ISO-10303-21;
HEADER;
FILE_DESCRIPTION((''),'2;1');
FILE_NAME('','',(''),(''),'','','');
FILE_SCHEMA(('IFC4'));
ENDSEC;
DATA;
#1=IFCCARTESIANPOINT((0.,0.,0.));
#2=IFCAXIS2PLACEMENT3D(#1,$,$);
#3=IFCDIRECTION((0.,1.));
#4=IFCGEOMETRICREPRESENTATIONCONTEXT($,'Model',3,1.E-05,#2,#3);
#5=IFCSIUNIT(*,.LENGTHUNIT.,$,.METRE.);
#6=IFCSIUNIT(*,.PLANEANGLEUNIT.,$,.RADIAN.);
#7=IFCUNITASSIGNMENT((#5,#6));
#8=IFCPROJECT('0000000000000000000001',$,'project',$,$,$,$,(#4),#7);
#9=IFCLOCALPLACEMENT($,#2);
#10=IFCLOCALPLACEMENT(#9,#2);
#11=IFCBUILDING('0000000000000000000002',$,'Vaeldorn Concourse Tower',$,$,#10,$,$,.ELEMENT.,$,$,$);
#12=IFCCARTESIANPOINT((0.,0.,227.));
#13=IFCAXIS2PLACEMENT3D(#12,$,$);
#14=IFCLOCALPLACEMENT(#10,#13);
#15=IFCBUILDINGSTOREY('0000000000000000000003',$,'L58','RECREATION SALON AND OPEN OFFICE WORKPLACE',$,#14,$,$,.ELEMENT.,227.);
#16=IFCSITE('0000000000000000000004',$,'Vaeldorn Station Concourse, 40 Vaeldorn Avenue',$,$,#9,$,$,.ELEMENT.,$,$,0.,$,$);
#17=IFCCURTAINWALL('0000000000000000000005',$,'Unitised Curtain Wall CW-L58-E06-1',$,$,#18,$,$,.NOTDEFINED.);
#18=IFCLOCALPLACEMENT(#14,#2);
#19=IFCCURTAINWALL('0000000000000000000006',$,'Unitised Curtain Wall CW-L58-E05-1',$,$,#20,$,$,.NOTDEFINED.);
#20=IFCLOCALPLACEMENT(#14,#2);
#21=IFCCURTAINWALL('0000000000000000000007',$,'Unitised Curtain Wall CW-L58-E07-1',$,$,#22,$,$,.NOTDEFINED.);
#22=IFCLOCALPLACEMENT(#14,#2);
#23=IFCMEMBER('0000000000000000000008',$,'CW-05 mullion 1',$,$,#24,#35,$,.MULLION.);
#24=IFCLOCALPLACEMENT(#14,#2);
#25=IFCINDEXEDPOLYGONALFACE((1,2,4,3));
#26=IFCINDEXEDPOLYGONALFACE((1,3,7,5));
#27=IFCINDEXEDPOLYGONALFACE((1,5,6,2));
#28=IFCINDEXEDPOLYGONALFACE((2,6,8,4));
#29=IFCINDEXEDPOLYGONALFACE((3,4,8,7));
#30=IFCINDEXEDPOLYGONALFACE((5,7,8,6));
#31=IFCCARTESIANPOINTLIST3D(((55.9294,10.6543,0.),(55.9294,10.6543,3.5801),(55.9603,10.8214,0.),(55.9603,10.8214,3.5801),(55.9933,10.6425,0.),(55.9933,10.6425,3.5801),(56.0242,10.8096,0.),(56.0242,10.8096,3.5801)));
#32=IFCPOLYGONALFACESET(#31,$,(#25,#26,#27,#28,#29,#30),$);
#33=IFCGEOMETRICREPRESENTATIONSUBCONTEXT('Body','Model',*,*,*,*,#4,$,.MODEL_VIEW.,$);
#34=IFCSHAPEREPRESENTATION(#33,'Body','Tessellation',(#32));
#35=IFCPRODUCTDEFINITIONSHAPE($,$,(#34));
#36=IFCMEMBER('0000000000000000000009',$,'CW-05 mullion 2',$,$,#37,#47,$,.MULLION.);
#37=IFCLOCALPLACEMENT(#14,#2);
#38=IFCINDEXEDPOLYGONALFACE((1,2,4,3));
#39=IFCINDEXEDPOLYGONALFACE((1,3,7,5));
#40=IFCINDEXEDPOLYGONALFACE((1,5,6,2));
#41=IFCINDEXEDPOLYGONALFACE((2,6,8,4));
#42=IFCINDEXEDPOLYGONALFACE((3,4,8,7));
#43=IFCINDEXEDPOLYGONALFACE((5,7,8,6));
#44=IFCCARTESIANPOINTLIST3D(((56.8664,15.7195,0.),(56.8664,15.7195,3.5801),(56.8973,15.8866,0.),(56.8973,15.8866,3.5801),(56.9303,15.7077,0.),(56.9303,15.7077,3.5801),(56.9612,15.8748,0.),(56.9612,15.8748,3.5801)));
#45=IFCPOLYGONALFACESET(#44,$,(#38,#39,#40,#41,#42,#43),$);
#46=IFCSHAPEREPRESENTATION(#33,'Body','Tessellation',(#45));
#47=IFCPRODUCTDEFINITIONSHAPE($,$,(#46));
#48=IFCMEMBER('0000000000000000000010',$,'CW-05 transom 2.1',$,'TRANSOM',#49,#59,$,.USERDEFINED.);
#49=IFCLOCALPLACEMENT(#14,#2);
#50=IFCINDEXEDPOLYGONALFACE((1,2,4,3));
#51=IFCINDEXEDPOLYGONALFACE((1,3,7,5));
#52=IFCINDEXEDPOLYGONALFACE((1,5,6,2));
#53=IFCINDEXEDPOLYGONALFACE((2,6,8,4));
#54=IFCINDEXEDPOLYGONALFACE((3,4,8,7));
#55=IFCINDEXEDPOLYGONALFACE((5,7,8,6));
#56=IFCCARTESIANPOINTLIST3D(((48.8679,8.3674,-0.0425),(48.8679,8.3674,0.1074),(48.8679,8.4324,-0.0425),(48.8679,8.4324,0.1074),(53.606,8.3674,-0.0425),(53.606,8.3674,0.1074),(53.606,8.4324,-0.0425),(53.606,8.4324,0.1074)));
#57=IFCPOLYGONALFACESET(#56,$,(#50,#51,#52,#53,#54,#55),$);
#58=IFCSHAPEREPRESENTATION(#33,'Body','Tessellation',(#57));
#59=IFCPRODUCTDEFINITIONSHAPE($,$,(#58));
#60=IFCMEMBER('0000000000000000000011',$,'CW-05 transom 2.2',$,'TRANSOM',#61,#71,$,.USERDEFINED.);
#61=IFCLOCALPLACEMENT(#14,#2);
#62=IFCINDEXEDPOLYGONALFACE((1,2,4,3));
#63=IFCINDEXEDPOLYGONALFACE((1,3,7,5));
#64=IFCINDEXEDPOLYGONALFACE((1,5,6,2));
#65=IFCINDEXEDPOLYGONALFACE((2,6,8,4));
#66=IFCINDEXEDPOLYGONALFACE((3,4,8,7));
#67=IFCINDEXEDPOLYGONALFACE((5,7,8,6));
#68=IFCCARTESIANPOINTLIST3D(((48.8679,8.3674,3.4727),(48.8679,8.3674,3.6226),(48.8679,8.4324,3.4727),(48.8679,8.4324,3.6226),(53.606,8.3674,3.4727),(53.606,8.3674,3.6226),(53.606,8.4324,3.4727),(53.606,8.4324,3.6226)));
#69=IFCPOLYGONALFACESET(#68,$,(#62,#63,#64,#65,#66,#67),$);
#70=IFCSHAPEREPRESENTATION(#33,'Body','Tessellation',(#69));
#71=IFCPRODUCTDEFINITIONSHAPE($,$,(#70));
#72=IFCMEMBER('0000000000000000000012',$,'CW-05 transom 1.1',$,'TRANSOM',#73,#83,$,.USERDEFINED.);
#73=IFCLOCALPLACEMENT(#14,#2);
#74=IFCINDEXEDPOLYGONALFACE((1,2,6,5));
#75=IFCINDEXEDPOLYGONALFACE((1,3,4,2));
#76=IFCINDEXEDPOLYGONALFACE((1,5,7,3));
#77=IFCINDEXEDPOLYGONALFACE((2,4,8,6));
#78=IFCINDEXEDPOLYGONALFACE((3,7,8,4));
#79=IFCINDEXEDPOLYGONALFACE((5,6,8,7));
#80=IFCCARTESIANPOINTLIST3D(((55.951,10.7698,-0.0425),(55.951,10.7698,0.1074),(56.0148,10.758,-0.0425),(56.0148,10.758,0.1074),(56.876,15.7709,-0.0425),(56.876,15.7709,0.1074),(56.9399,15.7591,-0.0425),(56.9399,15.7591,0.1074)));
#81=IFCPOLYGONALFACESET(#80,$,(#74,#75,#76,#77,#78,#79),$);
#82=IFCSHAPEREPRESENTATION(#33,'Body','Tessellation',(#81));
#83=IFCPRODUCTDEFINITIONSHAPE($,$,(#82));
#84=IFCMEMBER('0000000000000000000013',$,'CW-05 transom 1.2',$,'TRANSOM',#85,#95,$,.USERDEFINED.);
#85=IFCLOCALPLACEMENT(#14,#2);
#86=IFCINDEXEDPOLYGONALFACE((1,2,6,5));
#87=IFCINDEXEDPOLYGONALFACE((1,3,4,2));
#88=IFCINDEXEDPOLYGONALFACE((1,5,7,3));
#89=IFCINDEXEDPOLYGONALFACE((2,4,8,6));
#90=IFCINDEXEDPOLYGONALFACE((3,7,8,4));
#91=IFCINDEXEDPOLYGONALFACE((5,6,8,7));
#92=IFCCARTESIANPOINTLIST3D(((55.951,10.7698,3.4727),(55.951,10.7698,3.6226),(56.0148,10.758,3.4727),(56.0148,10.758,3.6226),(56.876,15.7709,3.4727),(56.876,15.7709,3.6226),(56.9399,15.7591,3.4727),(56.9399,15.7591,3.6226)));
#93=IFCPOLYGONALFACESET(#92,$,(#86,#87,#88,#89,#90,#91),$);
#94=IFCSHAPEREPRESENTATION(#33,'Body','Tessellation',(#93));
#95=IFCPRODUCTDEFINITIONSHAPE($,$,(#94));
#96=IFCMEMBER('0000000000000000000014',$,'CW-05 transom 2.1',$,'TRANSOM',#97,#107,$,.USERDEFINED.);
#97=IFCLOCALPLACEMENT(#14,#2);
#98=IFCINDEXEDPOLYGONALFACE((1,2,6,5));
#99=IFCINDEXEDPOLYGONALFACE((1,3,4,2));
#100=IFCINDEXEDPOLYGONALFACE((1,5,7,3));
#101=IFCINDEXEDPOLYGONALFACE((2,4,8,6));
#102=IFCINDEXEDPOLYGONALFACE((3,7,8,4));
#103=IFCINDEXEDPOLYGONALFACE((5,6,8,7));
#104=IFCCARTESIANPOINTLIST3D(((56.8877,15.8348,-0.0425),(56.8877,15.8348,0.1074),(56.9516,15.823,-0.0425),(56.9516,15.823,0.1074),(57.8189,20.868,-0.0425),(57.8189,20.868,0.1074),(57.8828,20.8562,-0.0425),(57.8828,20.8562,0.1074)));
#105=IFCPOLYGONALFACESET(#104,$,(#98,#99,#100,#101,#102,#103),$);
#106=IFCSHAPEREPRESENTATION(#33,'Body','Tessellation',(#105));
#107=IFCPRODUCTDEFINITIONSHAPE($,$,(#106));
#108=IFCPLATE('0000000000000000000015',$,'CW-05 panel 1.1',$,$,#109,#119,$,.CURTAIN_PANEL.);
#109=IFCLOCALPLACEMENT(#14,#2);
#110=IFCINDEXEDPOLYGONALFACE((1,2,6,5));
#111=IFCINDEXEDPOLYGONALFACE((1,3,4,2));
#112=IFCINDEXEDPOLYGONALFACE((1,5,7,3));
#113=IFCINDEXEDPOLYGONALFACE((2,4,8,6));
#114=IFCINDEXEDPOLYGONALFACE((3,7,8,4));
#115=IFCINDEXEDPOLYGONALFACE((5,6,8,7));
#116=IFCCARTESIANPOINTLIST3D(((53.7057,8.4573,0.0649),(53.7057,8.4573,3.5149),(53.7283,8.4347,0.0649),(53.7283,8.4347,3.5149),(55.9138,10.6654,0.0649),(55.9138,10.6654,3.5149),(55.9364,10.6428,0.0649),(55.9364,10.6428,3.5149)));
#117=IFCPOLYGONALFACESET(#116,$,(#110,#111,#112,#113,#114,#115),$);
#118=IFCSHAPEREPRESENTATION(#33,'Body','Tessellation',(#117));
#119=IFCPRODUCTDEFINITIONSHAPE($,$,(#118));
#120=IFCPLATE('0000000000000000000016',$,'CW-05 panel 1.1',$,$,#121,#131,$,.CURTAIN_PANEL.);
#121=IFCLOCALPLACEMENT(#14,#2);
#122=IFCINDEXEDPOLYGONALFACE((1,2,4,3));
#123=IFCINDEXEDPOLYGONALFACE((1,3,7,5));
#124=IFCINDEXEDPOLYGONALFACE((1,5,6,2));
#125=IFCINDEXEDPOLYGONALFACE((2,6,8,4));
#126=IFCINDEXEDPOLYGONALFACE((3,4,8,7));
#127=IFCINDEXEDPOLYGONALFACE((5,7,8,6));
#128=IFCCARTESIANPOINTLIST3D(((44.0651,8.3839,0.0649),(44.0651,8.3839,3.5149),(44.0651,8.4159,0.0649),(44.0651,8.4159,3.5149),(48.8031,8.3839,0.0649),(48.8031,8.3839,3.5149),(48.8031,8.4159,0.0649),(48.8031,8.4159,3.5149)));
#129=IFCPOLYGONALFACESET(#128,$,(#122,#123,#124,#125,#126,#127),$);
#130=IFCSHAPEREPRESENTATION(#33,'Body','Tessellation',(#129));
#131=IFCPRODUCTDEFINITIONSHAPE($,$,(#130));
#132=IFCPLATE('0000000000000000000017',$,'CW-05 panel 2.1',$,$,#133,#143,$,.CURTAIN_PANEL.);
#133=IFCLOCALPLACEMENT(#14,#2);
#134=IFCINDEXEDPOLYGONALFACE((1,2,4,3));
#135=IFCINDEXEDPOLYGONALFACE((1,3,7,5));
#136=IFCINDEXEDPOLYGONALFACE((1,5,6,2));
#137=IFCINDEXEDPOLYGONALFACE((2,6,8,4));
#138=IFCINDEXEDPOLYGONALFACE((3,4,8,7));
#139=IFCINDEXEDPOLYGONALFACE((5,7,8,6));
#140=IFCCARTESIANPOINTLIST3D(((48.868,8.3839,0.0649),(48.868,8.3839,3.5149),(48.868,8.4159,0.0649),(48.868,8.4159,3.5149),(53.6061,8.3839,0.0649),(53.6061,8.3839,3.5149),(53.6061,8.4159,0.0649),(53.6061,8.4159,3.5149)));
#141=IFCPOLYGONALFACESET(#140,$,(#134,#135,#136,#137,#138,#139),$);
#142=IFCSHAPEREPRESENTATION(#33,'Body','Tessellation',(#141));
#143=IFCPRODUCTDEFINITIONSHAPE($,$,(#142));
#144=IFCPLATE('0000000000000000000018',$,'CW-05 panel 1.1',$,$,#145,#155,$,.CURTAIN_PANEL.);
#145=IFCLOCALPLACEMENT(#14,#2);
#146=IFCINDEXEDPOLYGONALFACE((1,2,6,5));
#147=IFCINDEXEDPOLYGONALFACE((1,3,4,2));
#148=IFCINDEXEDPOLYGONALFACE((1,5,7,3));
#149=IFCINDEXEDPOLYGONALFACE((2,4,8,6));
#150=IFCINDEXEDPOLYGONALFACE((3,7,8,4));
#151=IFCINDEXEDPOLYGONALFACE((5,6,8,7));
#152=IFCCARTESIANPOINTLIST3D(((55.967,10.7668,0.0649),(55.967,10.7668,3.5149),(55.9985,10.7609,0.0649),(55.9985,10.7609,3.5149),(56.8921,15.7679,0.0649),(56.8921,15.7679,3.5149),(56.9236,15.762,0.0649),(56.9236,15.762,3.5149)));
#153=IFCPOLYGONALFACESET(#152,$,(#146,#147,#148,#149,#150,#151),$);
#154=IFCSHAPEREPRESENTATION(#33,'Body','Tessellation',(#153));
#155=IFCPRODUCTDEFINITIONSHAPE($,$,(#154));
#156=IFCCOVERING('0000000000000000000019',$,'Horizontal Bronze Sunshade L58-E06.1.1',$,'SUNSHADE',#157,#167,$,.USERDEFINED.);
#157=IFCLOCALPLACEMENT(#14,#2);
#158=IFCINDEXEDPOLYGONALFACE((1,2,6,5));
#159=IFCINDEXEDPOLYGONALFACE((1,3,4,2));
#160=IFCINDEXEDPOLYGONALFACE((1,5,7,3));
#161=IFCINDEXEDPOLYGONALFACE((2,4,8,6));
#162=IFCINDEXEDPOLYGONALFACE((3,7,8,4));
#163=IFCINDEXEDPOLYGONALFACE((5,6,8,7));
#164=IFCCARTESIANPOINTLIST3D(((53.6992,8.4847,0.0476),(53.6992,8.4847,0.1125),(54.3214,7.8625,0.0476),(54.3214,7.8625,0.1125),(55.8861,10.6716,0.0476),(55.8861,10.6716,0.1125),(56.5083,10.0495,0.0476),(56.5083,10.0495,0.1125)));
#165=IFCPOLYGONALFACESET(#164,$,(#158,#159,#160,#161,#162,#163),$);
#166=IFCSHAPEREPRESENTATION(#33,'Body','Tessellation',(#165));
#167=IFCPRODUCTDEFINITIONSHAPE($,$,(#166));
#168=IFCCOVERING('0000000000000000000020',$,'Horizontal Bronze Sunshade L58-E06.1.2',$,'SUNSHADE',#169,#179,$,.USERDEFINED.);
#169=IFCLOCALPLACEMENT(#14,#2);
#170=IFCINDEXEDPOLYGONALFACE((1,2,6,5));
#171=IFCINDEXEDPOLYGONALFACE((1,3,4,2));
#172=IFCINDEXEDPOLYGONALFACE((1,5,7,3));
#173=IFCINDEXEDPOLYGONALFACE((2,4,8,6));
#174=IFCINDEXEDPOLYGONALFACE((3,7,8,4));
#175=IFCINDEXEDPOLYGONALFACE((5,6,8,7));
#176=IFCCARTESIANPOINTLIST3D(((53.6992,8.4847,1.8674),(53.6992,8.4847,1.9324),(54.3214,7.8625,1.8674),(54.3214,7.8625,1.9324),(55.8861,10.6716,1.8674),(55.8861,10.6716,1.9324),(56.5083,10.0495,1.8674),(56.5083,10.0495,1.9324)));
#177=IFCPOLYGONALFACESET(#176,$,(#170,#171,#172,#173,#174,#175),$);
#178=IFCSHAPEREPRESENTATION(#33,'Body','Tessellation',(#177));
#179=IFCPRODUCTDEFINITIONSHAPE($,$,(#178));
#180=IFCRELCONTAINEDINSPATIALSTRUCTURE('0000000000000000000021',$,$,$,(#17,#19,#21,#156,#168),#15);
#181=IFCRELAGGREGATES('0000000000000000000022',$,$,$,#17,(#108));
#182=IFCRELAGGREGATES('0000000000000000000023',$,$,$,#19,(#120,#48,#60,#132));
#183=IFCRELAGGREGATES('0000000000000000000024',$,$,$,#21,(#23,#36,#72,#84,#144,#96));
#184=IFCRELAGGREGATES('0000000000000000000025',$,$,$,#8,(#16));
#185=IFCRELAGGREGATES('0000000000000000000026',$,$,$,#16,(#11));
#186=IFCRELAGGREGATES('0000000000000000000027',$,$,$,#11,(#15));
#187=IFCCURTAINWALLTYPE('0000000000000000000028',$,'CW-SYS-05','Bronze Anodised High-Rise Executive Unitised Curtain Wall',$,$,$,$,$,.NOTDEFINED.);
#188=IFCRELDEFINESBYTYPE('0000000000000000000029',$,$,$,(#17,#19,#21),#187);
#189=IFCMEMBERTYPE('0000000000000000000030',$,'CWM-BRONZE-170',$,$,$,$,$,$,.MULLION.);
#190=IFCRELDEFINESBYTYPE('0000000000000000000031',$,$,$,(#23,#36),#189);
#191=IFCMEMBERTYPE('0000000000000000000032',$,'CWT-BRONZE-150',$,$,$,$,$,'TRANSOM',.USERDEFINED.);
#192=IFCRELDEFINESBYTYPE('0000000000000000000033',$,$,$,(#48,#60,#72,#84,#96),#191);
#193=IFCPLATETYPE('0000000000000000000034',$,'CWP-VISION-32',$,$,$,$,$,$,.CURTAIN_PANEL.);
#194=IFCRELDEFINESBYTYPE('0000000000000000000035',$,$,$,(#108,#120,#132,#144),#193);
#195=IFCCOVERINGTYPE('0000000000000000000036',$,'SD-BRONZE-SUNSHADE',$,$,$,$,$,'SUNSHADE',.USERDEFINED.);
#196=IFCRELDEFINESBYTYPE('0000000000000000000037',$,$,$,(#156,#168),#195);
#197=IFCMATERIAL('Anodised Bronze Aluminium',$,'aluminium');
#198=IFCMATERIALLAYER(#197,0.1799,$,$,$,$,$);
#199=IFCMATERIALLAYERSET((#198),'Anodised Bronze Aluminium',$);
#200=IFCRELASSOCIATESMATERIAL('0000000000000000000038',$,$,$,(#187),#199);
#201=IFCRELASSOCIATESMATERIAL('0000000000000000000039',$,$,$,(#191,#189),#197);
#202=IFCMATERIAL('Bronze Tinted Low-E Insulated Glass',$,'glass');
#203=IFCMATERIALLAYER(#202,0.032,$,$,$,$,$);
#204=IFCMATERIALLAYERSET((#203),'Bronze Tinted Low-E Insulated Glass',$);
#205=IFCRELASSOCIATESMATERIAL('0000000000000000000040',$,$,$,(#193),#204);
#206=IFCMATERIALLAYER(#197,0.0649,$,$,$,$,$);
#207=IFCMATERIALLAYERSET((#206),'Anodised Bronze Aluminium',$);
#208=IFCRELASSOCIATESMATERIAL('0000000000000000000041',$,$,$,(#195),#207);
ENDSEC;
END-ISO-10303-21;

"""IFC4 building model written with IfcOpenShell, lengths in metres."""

from ifc_helpers import new_model, si_unit, direction, frame, origin, origin_2d, place, context, subcontext, project, spatial, rectangle, extrude, source, transform, mapped, material, layer, layer_set, material_profile, profile_set, type_object, element, aggregate, save


model = new_model("IFC4")

# Units and contexts
model_context = context("Model", 3, precision=1e-05, world=origin(), true_north=direction((0.0, 1.0)))
body_context = subcontext(model_context, "Body", "Model", "MODEL_VIEW")
ifc_project = project(units=[si_unit("LENGTHUNIT", "METRE"), si_unit("PLANEANGLEUNIT", "RADIAN")], contexts=[model_context])

# Site, building, storey
site_placement = place(None, origin())
site = spatial("IfcSite", under=ifc_project, at=site_placement, Name="Vaeldorn Station Concourse, 40 Vaeldorn Avenue", CompositionType="ELEMENT", RefElevation=0.0)
building_placement = place(site_placement, origin())
building = spatial("IfcBuilding", under=site, at=building_placement, Name="Vaeldorn Concourse Tower", CompositionType="ELEMENT")
storey_placement = place(building_placement, frame((0.0, 0.0, 227.0)))
storey = spatial("IfcBuildingStorey", under=building, at=storey_placement, Name="L58", Description="RECREATION SALON AND OPEN OFFICE WORKPLACE", CompositionType="ELEMENT", Elevation=227.0)

# Curtain walls
ifc_material_1 = material(Name="Anodised Bronze Aluminium", Category="aluminium")
ifc_layer_1 = layer(ifc_material_1, 0.1799)
ifc_layer_set_1 = layer_set([ifc_layer_1], Name="Anodised Bronze Aluminium")
curtain_wall_type = type_object("IfcCurtainWallType", Name="CW-SYS-05", Description="Bronze Anodised High-Rise Executive Unitised Curtain Wall", PredefinedType="NOTDEFINED", material=ifc_layer_set_1)
curtain_wall_1_placement = place(storey_placement, origin())
curtain_wall_1 = element("IfcCurtainWall", 1, at=curtain_wall_1_placement, inside=storey, type_object=curtain_wall_type, Name="Unitised Curtain Wall CW-L58-E06-1", PredefinedType="NOTDEFINED")
ifc_material_profile_1 = material_profile(ifc_material_1, rectangle(XDim=0.0649, YDim=0.1499, at=origin_2d()), Name="CWT 65x150")
ifc_profile_set_1 = profile_set([ifc_material_profile_1], Name="Anodised Bronze Aluminium")
member_type_1 = type_object("IfcMemberType", Name="CWT-BRONZE-150", ElementType="TRANSOM", PredefinedType="USERDEFINED", material=ifc_profile_set_1)
curtain_wall_2_placement = place(storey_placement, origin())
curtain_wall_2 = element("IfcCurtainWall", 2, at=curtain_wall_2_placement, inside=storey, type_object=curtain_wall_type, Name="Unitised Curtain Wall CW-L58-E05-1", PredefinedType="NOTDEFINED")
ifc_material_profile_2 = material_profile(ifc_material_1, rectangle(XDim=0.0649, YDim=0.1699, at=origin_2d()), Name="CWM 65x170")
ifc_profile_set_2 = profile_set([ifc_material_profile_2], Name="Anodised Bronze Aluminium")
member_type_2 = type_object("IfcMemberType", Name="CWM-BRONZE-170", PredefinedType="MULLION", material=ifc_profile_set_2)
shared_shape_1 = source(origin(), body_context, "Body", "SweptSolid", [
    extrude(rectangle(XDim=0.0649, YDim=0.1699, at=origin_2d()), origin(), (0.0, 0.0, 1.0), 3.5801),
])

# Curtain wall, members
curtain_wall_3_placement = place(storey_placement, origin())
curtain_wall_3 = element("IfcCurtainWall", 3, at=curtain_wall_3_placement, inside=storey, type_object=curtain_wall_type, Name="Unitised Curtain Wall CW-L58-E07-1", PredefinedType="NOTDEFINED")
member_1_placement = place(storey_placement, frame((55.9768, 10.7319, 0.0), z_axis=(0.0, 0.0, 1.0), x_axis=(-0.983319, 0.18189, 0.0)))
member_1 = element("IfcMember", 4, at=member_1_placement, type_object=member_type_2, Name="CW-05 mullion 1", PredefinedType="MULLION", context=body_context, shape_type="MappedRepresentation", body=[
    mapped(shared_shape_1, transform((0.0, 0.0, 0.0), scale=1.0)),
])
member_2_placement = place(storey_placement, frame((56.9138, 15.7971, 0.0), z_axis=(0.0, 0.0, 1.0), x_axis=(-0.983319, 0.18189, 0.0)))
member_2 = element("IfcMember", 5, at=member_2_placement, type_object=member_type_2, Name="CW-05 mullion 2", PredefinedType="MULLION", context=body_context, shape_type="MappedRepresentation", body=[
    mapped(shared_shape_1, transform((0.0, 0.0, 0.0), scale=1.0)),
])

# Members
shared_shape_2 = source(origin(), body_context, "Body", "SweptSolid", [
    extrude(rectangle(XDim=0.0649, YDim=0.1499, at=origin_2d()), origin(), (0.0, 0.0, 1.0), 4.738),
])
member_3_placement = place(storey_placement, frame((48.8679, 8.3999, 0.0325), z_axis=(1.0, 0.0, 0.0), x_axis=(0.0, 1.0, 0.0)))
member_3 = element("IfcMember", 6, at=member_3_placement, type_object=member_type_1, Name="CW-05 transom 2.1", ObjectType="TRANSOM", PredefinedType="USERDEFINED", context=body_context, shape_type="MappedRepresentation", body=[
    mapped(shared_shape_2, transform((0.0, 0.0, 0.0), scale=1.0)),
])
member_4_placement = place(storey_placement, frame((48.8679, 8.3999, 3.5476), z_axis=(1.0, 0.0, 0.0), x_axis=(0.0, 1.0, 0.0)))
member_4 = element("IfcMember", 7, at=member_4_placement, type_object=member_type_1, Name="CW-05 transom 2.2", ObjectType="TRANSOM", PredefinedType="USERDEFINED", context=body_context, shape_type="MappedRepresentation", body=[
    mapped(shared_shape_2, transform((0.0, 0.0, 0.0), scale=1.0)),
])
shared_shape_3 = source(origin(), body_context, "Body", "SweptSolid", [
    extrude(rectangle(XDim=0.0649, YDim=0.1499, at=origin_2d()), origin(), (0.0, 0.0, 1.0), 5.0859),
])
member_5_placement = place(storey_placement, frame((55.9829, 10.7639, 0.0325), z_axis=(0.18188, 0.983321, 0.0), x_axis=(-0.983321, 0.18188, 0.0)))
member_5 = element("IfcMember", 8, at=member_5_placement, type_object=member_type_1, Name="CW-05 transom 1.1", ObjectType="TRANSOM", PredefinedType="USERDEFINED", context=body_context, shape_type="MappedRepresentation", body=[
    mapped(shared_shape_3, transform((0.0, 0.0, 0.0), scale=1.0)),
])
member_6_placement = place(storey_placement, frame((55.9829, 10.7639, 3.5476), z_axis=(0.18188, 0.983321, 0.0), x_axis=(-0.983321, 0.18188, 0.0)))
member_6 = element("IfcMember", 9, at=member_6_placement, type_object=member_type_1, Name="CW-05 transom 1.2", ObjectType="TRANSOM", PredefinedType="USERDEFINED", context=body_context, shape_type="MappedRepresentation", body=[
    mapped(shared_shape_3, transform((0.0, 0.0, 0.0), scale=1.0)),
])
shared_shape_4 = source(origin(), body_context, "Body", "SweptSolid", [
    extrude(rectangle(XDim=0.0649, YDim=0.1499, at=origin_2d()), origin(), (0.0, 0.0, 1.0), 5.1187),
])
member_7_placement = place(storey_placement, frame((56.9197, 15.8289, 0.0325), z_axis=(0.181915, 0.983314, 0.0), x_axis=(-0.983314, 0.181915, 0.0)))
member_7 = element("IfcMember", 10, at=member_7_placement, type_object=member_type_1, Name="CW-05 transom 2.1", ObjectType="TRANSOM", PredefinedType="USERDEFINED", context=body_context, shape_type="MappedRepresentation", body=[
    mapped(shared_shape_4, transform((0.0, 0.0, 0.0), scale=1.0)),
])

# Plates
ifc_material_2 = material(Name="Bronze Tinted Low-E Insulated Glass", Category="glass")
ifc_layer_2 = layer(ifc_material_2, 0.032)
ifc_layer_set_2 = layer_set([ifc_layer_2], Name="Bronze Tinted Low-E Insulated Glass")
plate_type = type_object("IfcPlateType", Name="CWP-VISION-32", PredefinedType="CURTAIN_PANEL", material=ifc_layer_set_2)
shared_shape_5 = source(origin(), body_context, "Body", "SweptSolid", [
    extrude(rectangle(XDim=3.1228, YDim=0.032, at=origin_2d()), origin(), (0.0, 0.0, 1.0), 3.45),
])
plate_1_placement = place(storey_placement, frame((54.821, 9.55, 0.0649), z_axis=(0.0, 0.0, 1.0), x_axis=(0.707107, 0.707107, 0.0)))
plate_1 = element("IfcPlate", 11, at=plate_1_placement, type_object=plate_type, Name="CW-05 panel 1.1", PredefinedType="CURTAIN_PANEL", context=body_context, shape_type="MappedRepresentation", body=[
    mapped(shared_shape_5, transform((0.0, 0.0, 0.0), scale=1.0)),
])
aggregate(curtain_wall_1, [plate_1])
shared_shape_6 = source(origin(), body_context, "Body", "SweptSolid", [
    extrude(rectangle(XDim=4.738, YDim=0.032, at=origin_2d()), origin(), (0.0, 0.0, 1.0), 3.45),
])
plate_2_placement = place(storey_placement, frame((46.4341, 8.3999, 0.0649), z_axis=(0.0, 0.0, 1.0), x_axis=(1.0, 0.0, 0.0)))
plate_2 = element("IfcPlate", 12, at=plate_2_placement, type_object=plate_type, Name="CW-05 panel 1.1", PredefinedType="CURTAIN_PANEL", context=body_context, shape_type="MappedRepresentation", body=[
    mapped(shared_shape_6, transform((0.0, 0.0, 0.0), scale=1.0)),
])
plate_3_placement = place(storey_placement, frame((51.2371, 8.3999, 0.0649), z_axis=(0.0, 0.0, 1.0), x_axis=(1.0, 0.0, 0.0)))
plate_3 = element("IfcPlate", 13, at=plate_3_placement, type_object=plate_type, Name="CW-05 panel 2.1", PredefinedType="CURTAIN_PANEL", context=body_context, shape_type="MappedRepresentation", body=[
    mapped(shared_shape_6, transform((0.0, 0.0, 0.0), scale=1.0)),
])
aggregate(curtain_wall_2, [plate_2, member_3, member_4, plate_3])
shared_shape_7 = source(origin(), body_context, "Body", "SweptSolid", [
    extrude(rectangle(XDim=5.0859, YDim=0.032, at=origin_2d()), origin(), (0.0, 0.0, 1.0), 3.45),
])
plate_4_placement = place(storey_placement, frame((56.4453, 13.2644, 0.0649), z_axis=(0.0, 0.0, 1.0), x_axis=(0.18189, 0.983319, 0.0)))
plate_4 = element("IfcPlate", 14, at=plate_4_placement, type_object=plate_type, Name="CW-05 panel 1.1", PredefinedType="CURTAIN_PANEL", context=body_context, shape_type="MappedRepresentation", body=[
    mapped(shared_shape_7, transform((0.0, 0.0, 0.0), scale=1.0)),
])
aggregate(curtain_wall_3, [member_1, member_2, member_5, member_6, plate_4, member_7])

# Coverings
ifc_layer_3 = layer(ifc_material_1, 0.0649)
ifc_layer_set_3 = layer_set([ifc_layer_3], Name="Anodised Bronze Aluminium")
covering_type = type_object("IfcCoveringType", Name="SD-BRONZE-SUNSHADE", ElementType="SUNSHADE", PredefinedType="USERDEFINED", material=ifc_layer_set_3)
shared_shape_8 = source(origin(), body_context, "Body", "SweptSolid", [
    extrude(rectangle(XDim=3.0928, YDim=0.8799, at=origin_2d()), origin(), (0.0, 0.0, 1.0), 0.0649),
])
for number, where, z_axis, x_axis, name in (
    (15, (55.1038, 9.2671, 0.0476), (0.0, 0.0, 1.0), (0.707107, 0.707107, 0.0), "Horizontal Bronze Sunshade L58-E06.1.1"),
    (16, (55.1038, 9.2671, 1.8674), (0.0, 0.0, 1.0), (0.707107, 0.707107, 0.0), "Horizontal Bronze Sunshade L58-E06.1.2"),
):
    element("IfcCovering", number, at=place(storey_placement, frame(where, z_axis=z_axis, x_axis=x_axis)), inside=storey, type_object=covering_type, Name=name, ObjectType="SUNSHADE", PredefinedType="USERDEFINED", context=body_context, shape_type="MappedRepresentation", body=[
        mapped(shared_shape_8, transform((0.0, 0.0, 0.0), scale=1.0)),
    ])

save(model, "model.ifc")
